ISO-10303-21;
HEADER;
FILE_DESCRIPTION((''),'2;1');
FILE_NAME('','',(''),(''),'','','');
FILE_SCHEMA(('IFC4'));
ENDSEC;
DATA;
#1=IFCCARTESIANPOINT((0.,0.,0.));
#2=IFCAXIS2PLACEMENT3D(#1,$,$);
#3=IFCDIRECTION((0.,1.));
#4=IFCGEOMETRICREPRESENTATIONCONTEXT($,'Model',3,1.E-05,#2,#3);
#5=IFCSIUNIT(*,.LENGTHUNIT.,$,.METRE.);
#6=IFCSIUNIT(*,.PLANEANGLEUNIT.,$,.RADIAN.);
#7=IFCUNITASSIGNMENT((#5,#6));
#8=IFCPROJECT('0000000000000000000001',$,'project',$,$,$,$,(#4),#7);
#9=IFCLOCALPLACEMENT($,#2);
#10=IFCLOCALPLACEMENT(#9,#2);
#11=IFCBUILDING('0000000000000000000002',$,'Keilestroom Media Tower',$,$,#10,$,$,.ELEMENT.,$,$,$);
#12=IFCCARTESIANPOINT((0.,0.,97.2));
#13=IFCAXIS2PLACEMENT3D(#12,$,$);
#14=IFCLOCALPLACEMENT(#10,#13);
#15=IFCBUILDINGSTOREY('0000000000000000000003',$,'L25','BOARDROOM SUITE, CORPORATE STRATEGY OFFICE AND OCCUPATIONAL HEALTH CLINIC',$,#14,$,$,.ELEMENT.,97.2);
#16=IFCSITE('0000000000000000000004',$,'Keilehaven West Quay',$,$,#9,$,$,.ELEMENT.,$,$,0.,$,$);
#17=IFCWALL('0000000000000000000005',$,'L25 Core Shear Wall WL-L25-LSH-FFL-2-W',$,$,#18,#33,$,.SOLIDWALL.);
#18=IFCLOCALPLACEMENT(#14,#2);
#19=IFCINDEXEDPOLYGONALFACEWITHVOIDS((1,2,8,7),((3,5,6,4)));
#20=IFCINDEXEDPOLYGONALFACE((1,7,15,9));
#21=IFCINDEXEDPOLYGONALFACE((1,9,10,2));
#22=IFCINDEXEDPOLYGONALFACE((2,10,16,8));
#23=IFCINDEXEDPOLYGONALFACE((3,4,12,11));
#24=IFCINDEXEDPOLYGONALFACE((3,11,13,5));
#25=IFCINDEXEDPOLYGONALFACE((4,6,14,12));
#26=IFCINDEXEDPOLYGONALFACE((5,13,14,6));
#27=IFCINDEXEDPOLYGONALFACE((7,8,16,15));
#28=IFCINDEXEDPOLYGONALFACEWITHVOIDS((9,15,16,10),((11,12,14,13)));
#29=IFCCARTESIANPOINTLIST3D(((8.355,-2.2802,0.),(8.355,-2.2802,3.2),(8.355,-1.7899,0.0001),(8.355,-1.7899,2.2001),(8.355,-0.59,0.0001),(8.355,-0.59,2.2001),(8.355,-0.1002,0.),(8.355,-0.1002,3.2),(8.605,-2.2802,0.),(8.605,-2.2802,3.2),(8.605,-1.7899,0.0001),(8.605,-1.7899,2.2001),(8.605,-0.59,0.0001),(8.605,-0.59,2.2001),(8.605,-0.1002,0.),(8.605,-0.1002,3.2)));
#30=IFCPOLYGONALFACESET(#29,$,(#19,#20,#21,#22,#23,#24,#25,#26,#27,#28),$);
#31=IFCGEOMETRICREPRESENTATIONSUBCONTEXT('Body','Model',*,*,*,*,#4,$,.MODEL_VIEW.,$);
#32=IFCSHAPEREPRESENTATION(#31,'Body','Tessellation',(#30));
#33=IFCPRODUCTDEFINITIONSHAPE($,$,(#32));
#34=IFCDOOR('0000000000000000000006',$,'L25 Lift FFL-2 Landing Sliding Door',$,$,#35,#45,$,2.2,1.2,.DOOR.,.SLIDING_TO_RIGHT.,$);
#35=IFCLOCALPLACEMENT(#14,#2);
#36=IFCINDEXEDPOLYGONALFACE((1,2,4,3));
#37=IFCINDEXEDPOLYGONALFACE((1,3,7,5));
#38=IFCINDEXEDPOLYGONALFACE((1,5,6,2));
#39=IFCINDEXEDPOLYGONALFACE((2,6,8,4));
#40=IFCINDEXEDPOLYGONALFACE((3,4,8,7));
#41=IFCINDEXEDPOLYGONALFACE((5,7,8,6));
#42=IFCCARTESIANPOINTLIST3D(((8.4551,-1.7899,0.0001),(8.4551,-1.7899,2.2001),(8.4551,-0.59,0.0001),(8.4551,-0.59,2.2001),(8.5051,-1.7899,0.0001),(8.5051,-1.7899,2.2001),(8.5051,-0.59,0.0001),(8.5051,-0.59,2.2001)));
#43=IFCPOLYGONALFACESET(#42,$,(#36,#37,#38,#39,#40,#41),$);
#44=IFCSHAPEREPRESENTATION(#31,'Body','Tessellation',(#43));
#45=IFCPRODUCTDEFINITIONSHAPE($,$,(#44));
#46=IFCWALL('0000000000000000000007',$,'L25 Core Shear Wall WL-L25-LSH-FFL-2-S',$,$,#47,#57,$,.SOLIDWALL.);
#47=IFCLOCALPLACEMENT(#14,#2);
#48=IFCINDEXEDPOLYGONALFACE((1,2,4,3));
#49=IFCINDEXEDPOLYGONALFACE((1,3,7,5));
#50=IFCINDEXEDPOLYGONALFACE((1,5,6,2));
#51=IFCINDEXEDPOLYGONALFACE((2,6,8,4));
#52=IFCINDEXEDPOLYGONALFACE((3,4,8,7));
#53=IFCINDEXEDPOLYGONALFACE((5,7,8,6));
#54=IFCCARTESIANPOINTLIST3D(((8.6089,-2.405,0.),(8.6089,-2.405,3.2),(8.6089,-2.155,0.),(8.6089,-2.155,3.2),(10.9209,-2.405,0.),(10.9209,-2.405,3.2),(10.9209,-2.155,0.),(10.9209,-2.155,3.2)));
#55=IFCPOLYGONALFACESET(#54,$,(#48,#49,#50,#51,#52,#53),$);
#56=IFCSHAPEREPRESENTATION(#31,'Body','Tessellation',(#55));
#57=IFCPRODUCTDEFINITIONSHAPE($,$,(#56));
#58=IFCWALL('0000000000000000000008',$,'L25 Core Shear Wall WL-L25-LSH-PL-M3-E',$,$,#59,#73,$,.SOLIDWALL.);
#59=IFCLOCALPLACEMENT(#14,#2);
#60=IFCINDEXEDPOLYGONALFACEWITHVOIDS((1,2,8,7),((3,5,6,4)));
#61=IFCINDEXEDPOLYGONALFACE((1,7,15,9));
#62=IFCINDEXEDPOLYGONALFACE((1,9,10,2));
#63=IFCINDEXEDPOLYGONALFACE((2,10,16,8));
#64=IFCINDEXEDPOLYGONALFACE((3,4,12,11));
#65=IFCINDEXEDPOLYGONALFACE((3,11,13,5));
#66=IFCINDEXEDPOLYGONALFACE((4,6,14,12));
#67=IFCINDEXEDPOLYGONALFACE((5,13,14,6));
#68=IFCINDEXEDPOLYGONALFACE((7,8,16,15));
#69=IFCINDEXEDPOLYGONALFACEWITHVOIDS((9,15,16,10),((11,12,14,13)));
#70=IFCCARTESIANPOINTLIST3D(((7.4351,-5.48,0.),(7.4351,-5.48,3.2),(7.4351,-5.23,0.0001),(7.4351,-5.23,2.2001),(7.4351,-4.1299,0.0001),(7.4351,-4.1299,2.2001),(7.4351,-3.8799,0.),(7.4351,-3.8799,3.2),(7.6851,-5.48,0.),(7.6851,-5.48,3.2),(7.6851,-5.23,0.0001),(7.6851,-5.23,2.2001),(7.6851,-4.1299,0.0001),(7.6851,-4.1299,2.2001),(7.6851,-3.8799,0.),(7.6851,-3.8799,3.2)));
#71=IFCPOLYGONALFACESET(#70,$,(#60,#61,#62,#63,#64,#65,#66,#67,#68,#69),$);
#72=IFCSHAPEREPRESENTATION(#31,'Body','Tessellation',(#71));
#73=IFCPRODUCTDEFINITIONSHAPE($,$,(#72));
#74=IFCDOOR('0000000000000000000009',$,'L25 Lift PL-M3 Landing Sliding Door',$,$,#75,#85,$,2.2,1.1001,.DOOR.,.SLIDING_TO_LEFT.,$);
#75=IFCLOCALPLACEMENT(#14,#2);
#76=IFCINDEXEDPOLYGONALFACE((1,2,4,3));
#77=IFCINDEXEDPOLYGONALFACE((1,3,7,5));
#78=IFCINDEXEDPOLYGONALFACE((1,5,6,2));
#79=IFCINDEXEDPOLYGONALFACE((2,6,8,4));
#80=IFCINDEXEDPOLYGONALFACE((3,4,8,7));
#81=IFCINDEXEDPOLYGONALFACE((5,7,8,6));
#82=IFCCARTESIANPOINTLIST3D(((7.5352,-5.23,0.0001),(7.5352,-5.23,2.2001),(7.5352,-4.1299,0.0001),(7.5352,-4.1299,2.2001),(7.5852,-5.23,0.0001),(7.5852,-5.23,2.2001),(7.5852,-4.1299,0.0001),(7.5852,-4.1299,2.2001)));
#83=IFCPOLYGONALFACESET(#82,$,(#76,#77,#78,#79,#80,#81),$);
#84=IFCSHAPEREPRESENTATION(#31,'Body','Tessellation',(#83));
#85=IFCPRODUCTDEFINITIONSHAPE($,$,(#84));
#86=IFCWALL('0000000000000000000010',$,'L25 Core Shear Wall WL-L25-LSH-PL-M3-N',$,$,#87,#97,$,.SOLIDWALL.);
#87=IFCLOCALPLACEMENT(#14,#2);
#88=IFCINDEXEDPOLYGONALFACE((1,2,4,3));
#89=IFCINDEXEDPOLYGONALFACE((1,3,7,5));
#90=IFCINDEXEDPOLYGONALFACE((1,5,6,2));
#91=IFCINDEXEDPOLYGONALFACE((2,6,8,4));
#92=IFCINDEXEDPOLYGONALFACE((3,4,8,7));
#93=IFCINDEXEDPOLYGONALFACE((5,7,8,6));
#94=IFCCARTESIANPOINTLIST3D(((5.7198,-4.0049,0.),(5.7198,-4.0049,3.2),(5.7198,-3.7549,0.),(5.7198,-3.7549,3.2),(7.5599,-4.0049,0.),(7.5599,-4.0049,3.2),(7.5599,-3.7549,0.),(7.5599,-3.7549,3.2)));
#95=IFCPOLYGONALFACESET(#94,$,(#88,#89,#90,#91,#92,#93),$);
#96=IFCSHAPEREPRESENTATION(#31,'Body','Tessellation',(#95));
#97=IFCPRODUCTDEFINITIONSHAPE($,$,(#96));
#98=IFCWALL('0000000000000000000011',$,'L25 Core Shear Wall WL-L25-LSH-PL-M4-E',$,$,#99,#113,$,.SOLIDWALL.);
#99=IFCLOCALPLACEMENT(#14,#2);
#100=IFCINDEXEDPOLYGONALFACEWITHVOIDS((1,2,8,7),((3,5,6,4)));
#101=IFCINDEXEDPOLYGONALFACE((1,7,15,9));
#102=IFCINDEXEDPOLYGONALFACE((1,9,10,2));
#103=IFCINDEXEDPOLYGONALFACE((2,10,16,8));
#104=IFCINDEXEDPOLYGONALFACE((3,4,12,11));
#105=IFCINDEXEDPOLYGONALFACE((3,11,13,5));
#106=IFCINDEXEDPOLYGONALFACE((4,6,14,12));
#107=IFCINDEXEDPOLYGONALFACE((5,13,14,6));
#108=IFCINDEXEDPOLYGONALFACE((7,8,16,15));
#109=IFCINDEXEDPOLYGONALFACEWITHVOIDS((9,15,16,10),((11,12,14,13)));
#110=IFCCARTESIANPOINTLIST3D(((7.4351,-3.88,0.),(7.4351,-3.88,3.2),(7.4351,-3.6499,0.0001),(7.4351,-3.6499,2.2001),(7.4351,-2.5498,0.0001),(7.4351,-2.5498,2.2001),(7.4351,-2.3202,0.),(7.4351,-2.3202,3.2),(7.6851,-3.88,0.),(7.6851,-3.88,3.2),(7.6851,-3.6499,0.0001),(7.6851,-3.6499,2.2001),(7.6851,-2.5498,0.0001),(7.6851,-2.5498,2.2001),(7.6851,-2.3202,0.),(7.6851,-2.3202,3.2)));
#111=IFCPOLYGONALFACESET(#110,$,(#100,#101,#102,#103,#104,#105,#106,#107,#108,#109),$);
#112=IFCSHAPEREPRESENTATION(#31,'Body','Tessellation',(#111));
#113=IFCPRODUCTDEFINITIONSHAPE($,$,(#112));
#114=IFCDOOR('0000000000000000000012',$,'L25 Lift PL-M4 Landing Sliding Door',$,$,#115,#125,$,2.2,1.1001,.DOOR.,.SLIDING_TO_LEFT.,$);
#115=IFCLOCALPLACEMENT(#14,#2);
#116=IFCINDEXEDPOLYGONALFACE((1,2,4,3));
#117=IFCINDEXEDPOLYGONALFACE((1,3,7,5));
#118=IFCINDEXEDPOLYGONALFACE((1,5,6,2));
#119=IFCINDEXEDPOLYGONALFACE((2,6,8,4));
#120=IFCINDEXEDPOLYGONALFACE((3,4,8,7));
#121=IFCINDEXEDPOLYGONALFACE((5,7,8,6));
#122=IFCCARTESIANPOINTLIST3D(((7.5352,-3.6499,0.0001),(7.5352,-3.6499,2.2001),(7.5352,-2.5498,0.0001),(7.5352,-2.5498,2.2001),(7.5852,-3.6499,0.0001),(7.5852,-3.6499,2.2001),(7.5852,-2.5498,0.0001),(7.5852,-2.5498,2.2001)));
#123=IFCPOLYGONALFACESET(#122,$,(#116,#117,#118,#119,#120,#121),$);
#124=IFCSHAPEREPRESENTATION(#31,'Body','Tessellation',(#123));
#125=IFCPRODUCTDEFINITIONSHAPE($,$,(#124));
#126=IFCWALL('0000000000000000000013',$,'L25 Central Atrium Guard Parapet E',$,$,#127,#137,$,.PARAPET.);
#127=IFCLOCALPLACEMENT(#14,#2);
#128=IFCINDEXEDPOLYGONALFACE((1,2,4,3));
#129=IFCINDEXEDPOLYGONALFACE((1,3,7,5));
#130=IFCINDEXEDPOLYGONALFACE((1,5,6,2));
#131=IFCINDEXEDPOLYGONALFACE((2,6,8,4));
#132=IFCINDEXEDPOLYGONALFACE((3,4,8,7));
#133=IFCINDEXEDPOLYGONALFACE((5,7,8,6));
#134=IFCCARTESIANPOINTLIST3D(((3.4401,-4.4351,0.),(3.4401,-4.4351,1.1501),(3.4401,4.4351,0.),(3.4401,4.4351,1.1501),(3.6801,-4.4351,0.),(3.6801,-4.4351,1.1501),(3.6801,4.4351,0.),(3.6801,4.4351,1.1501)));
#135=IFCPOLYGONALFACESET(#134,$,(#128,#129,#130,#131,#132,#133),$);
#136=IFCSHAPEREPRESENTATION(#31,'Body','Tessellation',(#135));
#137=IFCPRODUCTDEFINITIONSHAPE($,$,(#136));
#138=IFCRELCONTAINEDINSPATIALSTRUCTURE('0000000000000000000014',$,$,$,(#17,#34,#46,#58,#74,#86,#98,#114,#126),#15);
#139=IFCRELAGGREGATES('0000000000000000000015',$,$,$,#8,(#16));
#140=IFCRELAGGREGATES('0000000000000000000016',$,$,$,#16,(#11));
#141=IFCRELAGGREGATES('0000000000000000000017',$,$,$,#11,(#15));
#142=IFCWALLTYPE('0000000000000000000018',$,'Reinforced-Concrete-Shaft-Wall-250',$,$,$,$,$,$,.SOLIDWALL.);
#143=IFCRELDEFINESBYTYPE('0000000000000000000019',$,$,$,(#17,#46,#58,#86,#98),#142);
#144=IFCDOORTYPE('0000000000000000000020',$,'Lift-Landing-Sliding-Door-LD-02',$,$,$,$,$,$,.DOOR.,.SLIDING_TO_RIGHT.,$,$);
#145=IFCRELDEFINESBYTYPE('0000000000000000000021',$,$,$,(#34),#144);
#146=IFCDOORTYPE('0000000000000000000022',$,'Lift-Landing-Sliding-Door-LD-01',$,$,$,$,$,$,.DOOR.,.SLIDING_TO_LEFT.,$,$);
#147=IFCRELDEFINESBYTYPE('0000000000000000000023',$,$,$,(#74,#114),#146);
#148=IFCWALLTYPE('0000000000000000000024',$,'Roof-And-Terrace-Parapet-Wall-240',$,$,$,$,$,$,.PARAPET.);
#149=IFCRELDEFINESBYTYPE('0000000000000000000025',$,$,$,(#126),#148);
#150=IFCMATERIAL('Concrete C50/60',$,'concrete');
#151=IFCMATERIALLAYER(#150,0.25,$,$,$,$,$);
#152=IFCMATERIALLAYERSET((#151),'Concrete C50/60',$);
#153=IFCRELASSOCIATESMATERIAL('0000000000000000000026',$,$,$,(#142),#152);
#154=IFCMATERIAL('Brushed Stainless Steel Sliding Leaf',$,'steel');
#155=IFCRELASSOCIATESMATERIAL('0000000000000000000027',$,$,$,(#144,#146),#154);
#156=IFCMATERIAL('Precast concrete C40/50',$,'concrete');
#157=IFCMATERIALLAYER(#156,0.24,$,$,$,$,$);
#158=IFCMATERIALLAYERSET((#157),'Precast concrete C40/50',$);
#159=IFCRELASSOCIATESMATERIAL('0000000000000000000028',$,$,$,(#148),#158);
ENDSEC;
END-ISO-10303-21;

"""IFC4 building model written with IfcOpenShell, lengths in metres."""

from ifc_helpers import new_model, si_unit, direction, frame, frame_2d, origin, place, context, subcontext, project, spatial, rectangle, extrude, source, transform, mapped, material, layer, layer_set, type_object, element, fill, save


model = new_model("IFC4")

# Units and contexts
model_context = context("Model", 3, precision=1e-05, world=origin(), true_north=direction((0.0, 1.0)))
body_context = subcontext(model_context, "Body", "Model", "MODEL_VIEW")
ifc_project = project(units=[si_unit("LENGTHUNIT", "METRE"), si_unit("PLANEANGLEUNIT", "RADIAN")], contexts=[model_context])

# Site, building, storey
site_placement = place(None, origin())
site = spatial("IfcSite", under=ifc_project, at=site_placement, Name="Keilehaven West Quay", CompositionType="ELEMENT", RefElevation=0.0)
building_placement = place(site_placement, origin())
building = spatial("IfcBuilding", under=site, at=building_placement, Name="Keilestroom Media Tower", CompositionType="ELEMENT")
storey_placement = place(building_placement, frame((0.0, 0.0, 97.2)))
storey = spatial("IfcBuildingStorey", under=building, at=storey_placement, Name="L25", Description="BOARDROOM SUITE, CORPORATE STRATEGY OFFICE AND OCCUPATIONAL HEALTH CLINIC", CompositionType="ELEMENT", Elevation=97.2)

# Shared definitions
shared_shape_1 = source(origin(), body_context, "Body", "SweptSolid", [
    extrude(rectangle(XDim=1.2, YDim=2.2, at=frame_2d((0.6001, 1.1001))), frame((0.0, 0.0249, 0.0), z_axis=(0.0, -1.0, 0.0), x_axis=(1.0, 0.0, 0.0)), (0.0, 0.0, 1.0), 0.05),
])

# Shared definitions
ifc_material_1 = material(Name="Concrete C50/60", Category="concrete")
ifc_layer_1 = layer(ifc_material_1, 0.25)
ifc_layer_set_1 = layer_set([ifc_layer_1], Name="Concrete C50/60")
wall_type_1 = type_object("IfcWallType", Name="Reinforced-Concrete-Shaft-Wall-250", PredefinedType="SOLIDWALL", material=ifc_layer_set_1)

# Wall, opening, door
wall_1_placement = place(storey_placement, frame((8.48, -2.28, 0.0), z_axis=(0.0, 0.0, 1.0), x_axis=(0.0, 1.0, 0.0)))
wall_1 = element("IfcWall", 1, at=wall_1_placement, inside=storey, type_object=wall_type_1, Name="L25 Core Shear Wall WL-L25-LSH-FFL-2-W", PredefinedType="SOLIDWALL", context=body_context, shape_type="SweptSolid", body=[
    extrude(rectangle(XDim=2.1799, YDim=0.25, at=frame_2d((1.0898, 0.0))), origin(), (0.0, 0.0, 1.0), 3.2),
])
opening_1_placement = place(wall_1_placement, frame((0.49, 0.0, 0.0)))
opening_1 = element("IfcOpeningElement", 2, at=opening_1_placement, cuts=wall_1, PredefinedType="OPENING", context=body_context, shape_type="SweptSolid", body=[
    extrude(rectangle(XDim=1.2, YDim=2.2, at=frame_2d((0.6001, 1.1001))), frame((0.0, 0.135, 0.0), z_axis=(0.0, -1.0, 0.0), x_axis=(1.0, 0.0, 0.0)), (0.0, 0.0, 1.0), 0.27),
])
ifc_material_2 = material(Name="Brushed Stainless Steel Sliding Leaf", Category="steel")
door_type_1 = type_object("IfcDoorType", Name="Lift-Landing-Sliding-Door-LD-02", OperationType="SLIDING_TO_RIGHT", PredefinedType="DOOR", material=ifc_material_2)
door_1_placement = place(opening_1_placement, origin())
door_1 = element("IfcDoor", 3, at=door_1_placement, inside=storey, type_object=door_type_1, Name="L25 Lift FFL-2 Landing Sliding Door", OperationType="SLIDING_TO_RIGHT", OverallHeight=2.2, OverallWidth=1.2, PredefinedType="DOOR", context=body_context, shape_type="MappedRepresentation", body=[
    mapped(shared_shape_1, transform((0.0, 0.0, 0.0), x_axis=(1.0, 0.0, 0.0), y_axis=(0.0, 1.0, 0.0), z_axis=(0.0, 0.0, 1.0), scale=1.0)),
])
fill(opening_1, door_1)

# Wall
wall_2_placement = place(storey_placement, frame((8.6089, -2.28, 0.0), z_axis=(0.0, 0.0, 1.0), x_axis=(1.0, 0.0, 0.0)))
element("IfcWall", 4, at=wall_2_placement, inside=storey, type_object=wall_type_1, Name="L25 Core Shear Wall WL-L25-LSH-FFL-2-S", PredefinedType="SOLIDWALL", context=body_context, shape_type="SweptSolid", body=[
    extrude(rectangle(XDim=2.312, YDim=0.25, at=frame_2d((1.156, 0.0))), origin(), (0.0, 0.0, 1.0), 3.2),
])

# Wall, opening, door
wall_3_placement = place(storey_placement, frame((7.5601, -5.48, 0.0), z_axis=(0.0, 0.0, 1.0), x_axis=(0.0, 1.0, 0.0)))
wall_3 = element("IfcWall", 5, at=wall_3_placement, inside=storey, type_object=wall_type_1, Name="L25 Core Shear Wall WL-L25-LSH-PL-M3-E", PredefinedType="SOLIDWALL", context=body_context, shape_type="SweptSolid", body=[
    extrude(rectangle(XDim=1.6001, YDim=0.25, at=frame_2d((0.8, 0.0))), origin(), (0.0, 0.0, 1.0), 3.2),
])
opening_2_placement = place(wall_3_placement, frame((0.25, 0.0, 0.0)))
opening_2 = element("IfcOpeningElement", 6, at=opening_2_placement, cuts=wall_3, PredefinedType="OPENING", context=body_context, shape_type="SweptSolid", body=[
    extrude(rectangle(XDim=1.1001, YDim=2.2, at=frame_2d((0.55, 1.1001))), frame((0.0, 0.135, 0.0), z_axis=(0.0, -1.0, 0.0), x_axis=(1.0, 0.0, 0.0)), (0.0, 0.0, 1.0), 0.27),
])
door_type_2 = type_object("IfcDoorType", Name="Lift-Landing-Sliding-Door-LD-01", OperationType="SLIDING_TO_LEFT", PredefinedType="DOOR", material=ifc_material_2)
shared_shape_2 = source(origin(), body_context, "Body", "SweptSolid", [
    extrude(rectangle(XDim=1.1001, YDim=2.2, at=frame_2d((0.55, 1.1001))), frame((0.0, 0.0249, 0.0), z_axis=(0.0, -1.0, 0.0), x_axis=(1.0, 0.0, 0.0)), (0.0, 0.0, 1.0), 0.05),
])
door_2_placement = place(opening_2_placement, origin())
door_2 = element("IfcDoor", 7, at=door_2_placement, inside=storey, type_object=door_type_2, Name="L25 Lift PL-M3 Landing Sliding Door", OperationType="SLIDING_TO_LEFT", OverallHeight=2.2, OverallWidth=1.1001, PredefinedType="DOOR", context=body_context, shape_type="MappedRepresentation", body=[
    mapped(shared_shape_2, transform((0.0, 0.0, 0.0), x_axis=(1.0, 0.0, 0.0), y_axis=(0.0, 1.0, 0.0), z_axis=(0.0, 0.0, 1.0), scale=1.0)),
])
fill(opening_2, door_2)

# Wall
wall_4_placement = place(storey_placement, frame((5.72, -3.8799, 0.0), z_axis=(0.0, 0.0, 1.0), x_axis=(1.0, 0.0, 0.0)))
element("IfcWall", 8, at=wall_4_placement, inside=storey, type_object=wall_type_1, Name="L25 Core Shear Wall WL-L25-LSH-PL-M3-N", PredefinedType="SOLIDWALL", context=body_context, shape_type="SweptSolid", body=[
    extrude(rectangle(XDim=1.8401, YDim=0.25, at=frame_2d((0.9199, 0.0))), origin(), (0.0, 0.0, 1.0), 3.2),
])

# Wall, opening, door
wall_5_placement = place(storey_placement, frame((7.5601, -3.8799, 0.0), z_axis=(0.0, 0.0, 1.0), x_axis=(0.0, 1.0, 0.0)))
wall_5 = element("IfcWall", 9, at=wall_5_placement, inside=storey, type_object=wall_type_1, Name="L25 Core Shear Wall WL-L25-LSH-PL-M4-E", PredefinedType="SOLIDWALL", context=body_context, shape_type="SweptSolid", body=[
    extrude(rectangle(XDim=1.5598, YDim=0.25, at=frame_2d((0.7798, 0.0))), origin(), (0.0, 0.0, 1.0), 3.2),
])
opening_3_placement = place(wall_5_placement, frame((0.23, 0.0, 0.0)))
opening_3 = element("IfcOpeningElement", 10, at=opening_3_placement, cuts=wall_5, PredefinedType="OPENING", context=body_context, shape_type="SweptSolid", body=[
    extrude(rectangle(XDim=1.1001, YDim=2.2, at=frame_2d((0.55, 1.1001))), frame((0.0, 0.135, 0.0), z_axis=(0.0, -1.0, 0.0), x_axis=(1.0, 0.0, 0.0)), (0.0, 0.0, 1.0), 0.27),
])
door_3_placement = place(opening_3_placement, origin())
door_3 = element("IfcDoor", 11, at=door_3_placement, inside=storey, type_object=door_type_2, Name="L25 Lift PL-M4 Landing Sliding Door", OperationType="SLIDING_TO_LEFT", OverallHeight=2.2, OverallWidth=1.1001, PredefinedType="DOOR", context=body_context, shape_type="MappedRepresentation", body=[
    mapped(shared_shape_2, transform((0.0, 0.0, 0.0), x_axis=(1.0, 0.0, 0.0), y_axis=(0.0, 1.0, 0.0), z_axis=(0.0, 0.0, 1.0), scale=1.0)),
])
fill(opening_3, door_3)

# Wall
ifc_material_3 = material(Name="Precast concrete C40/50", Category="concrete")
ifc_layer_2 = layer(ifc_material_3, 0.24)
ifc_layer_set_2 = layer_set([ifc_layer_2], Name="Precast concrete C40/50")
wall_type_2 = type_object("IfcWallType", Name="Roof-And-Terrace-Parapet-Wall-240", PredefinedType="PARAPET", material=ifc_layer_set_2)
wall_6_placement = place(storey_placement, frame((3.5601, -4.4351, 0.0), z_axis=(0.0, 0.0, 1.0), x_axis=(0.0, 1.0, 0.0)))
element("IfcWall", 12, at=wall_6_placement, inside=storey, type_object=wall_type_2, Name="L25 Central Atrium Guard Parapet E", PredefinedType="PARAPET", context=body_context, shape_type="SweptSolid", body=[
    extrude(rectangle(XDim=8.8701, YDim=0.24, at=frame_2d((4.4351, 0.0))), origin(), (0.0, 0.0, 1.0), 1.1501),
])

save(model, "model.ifc")
